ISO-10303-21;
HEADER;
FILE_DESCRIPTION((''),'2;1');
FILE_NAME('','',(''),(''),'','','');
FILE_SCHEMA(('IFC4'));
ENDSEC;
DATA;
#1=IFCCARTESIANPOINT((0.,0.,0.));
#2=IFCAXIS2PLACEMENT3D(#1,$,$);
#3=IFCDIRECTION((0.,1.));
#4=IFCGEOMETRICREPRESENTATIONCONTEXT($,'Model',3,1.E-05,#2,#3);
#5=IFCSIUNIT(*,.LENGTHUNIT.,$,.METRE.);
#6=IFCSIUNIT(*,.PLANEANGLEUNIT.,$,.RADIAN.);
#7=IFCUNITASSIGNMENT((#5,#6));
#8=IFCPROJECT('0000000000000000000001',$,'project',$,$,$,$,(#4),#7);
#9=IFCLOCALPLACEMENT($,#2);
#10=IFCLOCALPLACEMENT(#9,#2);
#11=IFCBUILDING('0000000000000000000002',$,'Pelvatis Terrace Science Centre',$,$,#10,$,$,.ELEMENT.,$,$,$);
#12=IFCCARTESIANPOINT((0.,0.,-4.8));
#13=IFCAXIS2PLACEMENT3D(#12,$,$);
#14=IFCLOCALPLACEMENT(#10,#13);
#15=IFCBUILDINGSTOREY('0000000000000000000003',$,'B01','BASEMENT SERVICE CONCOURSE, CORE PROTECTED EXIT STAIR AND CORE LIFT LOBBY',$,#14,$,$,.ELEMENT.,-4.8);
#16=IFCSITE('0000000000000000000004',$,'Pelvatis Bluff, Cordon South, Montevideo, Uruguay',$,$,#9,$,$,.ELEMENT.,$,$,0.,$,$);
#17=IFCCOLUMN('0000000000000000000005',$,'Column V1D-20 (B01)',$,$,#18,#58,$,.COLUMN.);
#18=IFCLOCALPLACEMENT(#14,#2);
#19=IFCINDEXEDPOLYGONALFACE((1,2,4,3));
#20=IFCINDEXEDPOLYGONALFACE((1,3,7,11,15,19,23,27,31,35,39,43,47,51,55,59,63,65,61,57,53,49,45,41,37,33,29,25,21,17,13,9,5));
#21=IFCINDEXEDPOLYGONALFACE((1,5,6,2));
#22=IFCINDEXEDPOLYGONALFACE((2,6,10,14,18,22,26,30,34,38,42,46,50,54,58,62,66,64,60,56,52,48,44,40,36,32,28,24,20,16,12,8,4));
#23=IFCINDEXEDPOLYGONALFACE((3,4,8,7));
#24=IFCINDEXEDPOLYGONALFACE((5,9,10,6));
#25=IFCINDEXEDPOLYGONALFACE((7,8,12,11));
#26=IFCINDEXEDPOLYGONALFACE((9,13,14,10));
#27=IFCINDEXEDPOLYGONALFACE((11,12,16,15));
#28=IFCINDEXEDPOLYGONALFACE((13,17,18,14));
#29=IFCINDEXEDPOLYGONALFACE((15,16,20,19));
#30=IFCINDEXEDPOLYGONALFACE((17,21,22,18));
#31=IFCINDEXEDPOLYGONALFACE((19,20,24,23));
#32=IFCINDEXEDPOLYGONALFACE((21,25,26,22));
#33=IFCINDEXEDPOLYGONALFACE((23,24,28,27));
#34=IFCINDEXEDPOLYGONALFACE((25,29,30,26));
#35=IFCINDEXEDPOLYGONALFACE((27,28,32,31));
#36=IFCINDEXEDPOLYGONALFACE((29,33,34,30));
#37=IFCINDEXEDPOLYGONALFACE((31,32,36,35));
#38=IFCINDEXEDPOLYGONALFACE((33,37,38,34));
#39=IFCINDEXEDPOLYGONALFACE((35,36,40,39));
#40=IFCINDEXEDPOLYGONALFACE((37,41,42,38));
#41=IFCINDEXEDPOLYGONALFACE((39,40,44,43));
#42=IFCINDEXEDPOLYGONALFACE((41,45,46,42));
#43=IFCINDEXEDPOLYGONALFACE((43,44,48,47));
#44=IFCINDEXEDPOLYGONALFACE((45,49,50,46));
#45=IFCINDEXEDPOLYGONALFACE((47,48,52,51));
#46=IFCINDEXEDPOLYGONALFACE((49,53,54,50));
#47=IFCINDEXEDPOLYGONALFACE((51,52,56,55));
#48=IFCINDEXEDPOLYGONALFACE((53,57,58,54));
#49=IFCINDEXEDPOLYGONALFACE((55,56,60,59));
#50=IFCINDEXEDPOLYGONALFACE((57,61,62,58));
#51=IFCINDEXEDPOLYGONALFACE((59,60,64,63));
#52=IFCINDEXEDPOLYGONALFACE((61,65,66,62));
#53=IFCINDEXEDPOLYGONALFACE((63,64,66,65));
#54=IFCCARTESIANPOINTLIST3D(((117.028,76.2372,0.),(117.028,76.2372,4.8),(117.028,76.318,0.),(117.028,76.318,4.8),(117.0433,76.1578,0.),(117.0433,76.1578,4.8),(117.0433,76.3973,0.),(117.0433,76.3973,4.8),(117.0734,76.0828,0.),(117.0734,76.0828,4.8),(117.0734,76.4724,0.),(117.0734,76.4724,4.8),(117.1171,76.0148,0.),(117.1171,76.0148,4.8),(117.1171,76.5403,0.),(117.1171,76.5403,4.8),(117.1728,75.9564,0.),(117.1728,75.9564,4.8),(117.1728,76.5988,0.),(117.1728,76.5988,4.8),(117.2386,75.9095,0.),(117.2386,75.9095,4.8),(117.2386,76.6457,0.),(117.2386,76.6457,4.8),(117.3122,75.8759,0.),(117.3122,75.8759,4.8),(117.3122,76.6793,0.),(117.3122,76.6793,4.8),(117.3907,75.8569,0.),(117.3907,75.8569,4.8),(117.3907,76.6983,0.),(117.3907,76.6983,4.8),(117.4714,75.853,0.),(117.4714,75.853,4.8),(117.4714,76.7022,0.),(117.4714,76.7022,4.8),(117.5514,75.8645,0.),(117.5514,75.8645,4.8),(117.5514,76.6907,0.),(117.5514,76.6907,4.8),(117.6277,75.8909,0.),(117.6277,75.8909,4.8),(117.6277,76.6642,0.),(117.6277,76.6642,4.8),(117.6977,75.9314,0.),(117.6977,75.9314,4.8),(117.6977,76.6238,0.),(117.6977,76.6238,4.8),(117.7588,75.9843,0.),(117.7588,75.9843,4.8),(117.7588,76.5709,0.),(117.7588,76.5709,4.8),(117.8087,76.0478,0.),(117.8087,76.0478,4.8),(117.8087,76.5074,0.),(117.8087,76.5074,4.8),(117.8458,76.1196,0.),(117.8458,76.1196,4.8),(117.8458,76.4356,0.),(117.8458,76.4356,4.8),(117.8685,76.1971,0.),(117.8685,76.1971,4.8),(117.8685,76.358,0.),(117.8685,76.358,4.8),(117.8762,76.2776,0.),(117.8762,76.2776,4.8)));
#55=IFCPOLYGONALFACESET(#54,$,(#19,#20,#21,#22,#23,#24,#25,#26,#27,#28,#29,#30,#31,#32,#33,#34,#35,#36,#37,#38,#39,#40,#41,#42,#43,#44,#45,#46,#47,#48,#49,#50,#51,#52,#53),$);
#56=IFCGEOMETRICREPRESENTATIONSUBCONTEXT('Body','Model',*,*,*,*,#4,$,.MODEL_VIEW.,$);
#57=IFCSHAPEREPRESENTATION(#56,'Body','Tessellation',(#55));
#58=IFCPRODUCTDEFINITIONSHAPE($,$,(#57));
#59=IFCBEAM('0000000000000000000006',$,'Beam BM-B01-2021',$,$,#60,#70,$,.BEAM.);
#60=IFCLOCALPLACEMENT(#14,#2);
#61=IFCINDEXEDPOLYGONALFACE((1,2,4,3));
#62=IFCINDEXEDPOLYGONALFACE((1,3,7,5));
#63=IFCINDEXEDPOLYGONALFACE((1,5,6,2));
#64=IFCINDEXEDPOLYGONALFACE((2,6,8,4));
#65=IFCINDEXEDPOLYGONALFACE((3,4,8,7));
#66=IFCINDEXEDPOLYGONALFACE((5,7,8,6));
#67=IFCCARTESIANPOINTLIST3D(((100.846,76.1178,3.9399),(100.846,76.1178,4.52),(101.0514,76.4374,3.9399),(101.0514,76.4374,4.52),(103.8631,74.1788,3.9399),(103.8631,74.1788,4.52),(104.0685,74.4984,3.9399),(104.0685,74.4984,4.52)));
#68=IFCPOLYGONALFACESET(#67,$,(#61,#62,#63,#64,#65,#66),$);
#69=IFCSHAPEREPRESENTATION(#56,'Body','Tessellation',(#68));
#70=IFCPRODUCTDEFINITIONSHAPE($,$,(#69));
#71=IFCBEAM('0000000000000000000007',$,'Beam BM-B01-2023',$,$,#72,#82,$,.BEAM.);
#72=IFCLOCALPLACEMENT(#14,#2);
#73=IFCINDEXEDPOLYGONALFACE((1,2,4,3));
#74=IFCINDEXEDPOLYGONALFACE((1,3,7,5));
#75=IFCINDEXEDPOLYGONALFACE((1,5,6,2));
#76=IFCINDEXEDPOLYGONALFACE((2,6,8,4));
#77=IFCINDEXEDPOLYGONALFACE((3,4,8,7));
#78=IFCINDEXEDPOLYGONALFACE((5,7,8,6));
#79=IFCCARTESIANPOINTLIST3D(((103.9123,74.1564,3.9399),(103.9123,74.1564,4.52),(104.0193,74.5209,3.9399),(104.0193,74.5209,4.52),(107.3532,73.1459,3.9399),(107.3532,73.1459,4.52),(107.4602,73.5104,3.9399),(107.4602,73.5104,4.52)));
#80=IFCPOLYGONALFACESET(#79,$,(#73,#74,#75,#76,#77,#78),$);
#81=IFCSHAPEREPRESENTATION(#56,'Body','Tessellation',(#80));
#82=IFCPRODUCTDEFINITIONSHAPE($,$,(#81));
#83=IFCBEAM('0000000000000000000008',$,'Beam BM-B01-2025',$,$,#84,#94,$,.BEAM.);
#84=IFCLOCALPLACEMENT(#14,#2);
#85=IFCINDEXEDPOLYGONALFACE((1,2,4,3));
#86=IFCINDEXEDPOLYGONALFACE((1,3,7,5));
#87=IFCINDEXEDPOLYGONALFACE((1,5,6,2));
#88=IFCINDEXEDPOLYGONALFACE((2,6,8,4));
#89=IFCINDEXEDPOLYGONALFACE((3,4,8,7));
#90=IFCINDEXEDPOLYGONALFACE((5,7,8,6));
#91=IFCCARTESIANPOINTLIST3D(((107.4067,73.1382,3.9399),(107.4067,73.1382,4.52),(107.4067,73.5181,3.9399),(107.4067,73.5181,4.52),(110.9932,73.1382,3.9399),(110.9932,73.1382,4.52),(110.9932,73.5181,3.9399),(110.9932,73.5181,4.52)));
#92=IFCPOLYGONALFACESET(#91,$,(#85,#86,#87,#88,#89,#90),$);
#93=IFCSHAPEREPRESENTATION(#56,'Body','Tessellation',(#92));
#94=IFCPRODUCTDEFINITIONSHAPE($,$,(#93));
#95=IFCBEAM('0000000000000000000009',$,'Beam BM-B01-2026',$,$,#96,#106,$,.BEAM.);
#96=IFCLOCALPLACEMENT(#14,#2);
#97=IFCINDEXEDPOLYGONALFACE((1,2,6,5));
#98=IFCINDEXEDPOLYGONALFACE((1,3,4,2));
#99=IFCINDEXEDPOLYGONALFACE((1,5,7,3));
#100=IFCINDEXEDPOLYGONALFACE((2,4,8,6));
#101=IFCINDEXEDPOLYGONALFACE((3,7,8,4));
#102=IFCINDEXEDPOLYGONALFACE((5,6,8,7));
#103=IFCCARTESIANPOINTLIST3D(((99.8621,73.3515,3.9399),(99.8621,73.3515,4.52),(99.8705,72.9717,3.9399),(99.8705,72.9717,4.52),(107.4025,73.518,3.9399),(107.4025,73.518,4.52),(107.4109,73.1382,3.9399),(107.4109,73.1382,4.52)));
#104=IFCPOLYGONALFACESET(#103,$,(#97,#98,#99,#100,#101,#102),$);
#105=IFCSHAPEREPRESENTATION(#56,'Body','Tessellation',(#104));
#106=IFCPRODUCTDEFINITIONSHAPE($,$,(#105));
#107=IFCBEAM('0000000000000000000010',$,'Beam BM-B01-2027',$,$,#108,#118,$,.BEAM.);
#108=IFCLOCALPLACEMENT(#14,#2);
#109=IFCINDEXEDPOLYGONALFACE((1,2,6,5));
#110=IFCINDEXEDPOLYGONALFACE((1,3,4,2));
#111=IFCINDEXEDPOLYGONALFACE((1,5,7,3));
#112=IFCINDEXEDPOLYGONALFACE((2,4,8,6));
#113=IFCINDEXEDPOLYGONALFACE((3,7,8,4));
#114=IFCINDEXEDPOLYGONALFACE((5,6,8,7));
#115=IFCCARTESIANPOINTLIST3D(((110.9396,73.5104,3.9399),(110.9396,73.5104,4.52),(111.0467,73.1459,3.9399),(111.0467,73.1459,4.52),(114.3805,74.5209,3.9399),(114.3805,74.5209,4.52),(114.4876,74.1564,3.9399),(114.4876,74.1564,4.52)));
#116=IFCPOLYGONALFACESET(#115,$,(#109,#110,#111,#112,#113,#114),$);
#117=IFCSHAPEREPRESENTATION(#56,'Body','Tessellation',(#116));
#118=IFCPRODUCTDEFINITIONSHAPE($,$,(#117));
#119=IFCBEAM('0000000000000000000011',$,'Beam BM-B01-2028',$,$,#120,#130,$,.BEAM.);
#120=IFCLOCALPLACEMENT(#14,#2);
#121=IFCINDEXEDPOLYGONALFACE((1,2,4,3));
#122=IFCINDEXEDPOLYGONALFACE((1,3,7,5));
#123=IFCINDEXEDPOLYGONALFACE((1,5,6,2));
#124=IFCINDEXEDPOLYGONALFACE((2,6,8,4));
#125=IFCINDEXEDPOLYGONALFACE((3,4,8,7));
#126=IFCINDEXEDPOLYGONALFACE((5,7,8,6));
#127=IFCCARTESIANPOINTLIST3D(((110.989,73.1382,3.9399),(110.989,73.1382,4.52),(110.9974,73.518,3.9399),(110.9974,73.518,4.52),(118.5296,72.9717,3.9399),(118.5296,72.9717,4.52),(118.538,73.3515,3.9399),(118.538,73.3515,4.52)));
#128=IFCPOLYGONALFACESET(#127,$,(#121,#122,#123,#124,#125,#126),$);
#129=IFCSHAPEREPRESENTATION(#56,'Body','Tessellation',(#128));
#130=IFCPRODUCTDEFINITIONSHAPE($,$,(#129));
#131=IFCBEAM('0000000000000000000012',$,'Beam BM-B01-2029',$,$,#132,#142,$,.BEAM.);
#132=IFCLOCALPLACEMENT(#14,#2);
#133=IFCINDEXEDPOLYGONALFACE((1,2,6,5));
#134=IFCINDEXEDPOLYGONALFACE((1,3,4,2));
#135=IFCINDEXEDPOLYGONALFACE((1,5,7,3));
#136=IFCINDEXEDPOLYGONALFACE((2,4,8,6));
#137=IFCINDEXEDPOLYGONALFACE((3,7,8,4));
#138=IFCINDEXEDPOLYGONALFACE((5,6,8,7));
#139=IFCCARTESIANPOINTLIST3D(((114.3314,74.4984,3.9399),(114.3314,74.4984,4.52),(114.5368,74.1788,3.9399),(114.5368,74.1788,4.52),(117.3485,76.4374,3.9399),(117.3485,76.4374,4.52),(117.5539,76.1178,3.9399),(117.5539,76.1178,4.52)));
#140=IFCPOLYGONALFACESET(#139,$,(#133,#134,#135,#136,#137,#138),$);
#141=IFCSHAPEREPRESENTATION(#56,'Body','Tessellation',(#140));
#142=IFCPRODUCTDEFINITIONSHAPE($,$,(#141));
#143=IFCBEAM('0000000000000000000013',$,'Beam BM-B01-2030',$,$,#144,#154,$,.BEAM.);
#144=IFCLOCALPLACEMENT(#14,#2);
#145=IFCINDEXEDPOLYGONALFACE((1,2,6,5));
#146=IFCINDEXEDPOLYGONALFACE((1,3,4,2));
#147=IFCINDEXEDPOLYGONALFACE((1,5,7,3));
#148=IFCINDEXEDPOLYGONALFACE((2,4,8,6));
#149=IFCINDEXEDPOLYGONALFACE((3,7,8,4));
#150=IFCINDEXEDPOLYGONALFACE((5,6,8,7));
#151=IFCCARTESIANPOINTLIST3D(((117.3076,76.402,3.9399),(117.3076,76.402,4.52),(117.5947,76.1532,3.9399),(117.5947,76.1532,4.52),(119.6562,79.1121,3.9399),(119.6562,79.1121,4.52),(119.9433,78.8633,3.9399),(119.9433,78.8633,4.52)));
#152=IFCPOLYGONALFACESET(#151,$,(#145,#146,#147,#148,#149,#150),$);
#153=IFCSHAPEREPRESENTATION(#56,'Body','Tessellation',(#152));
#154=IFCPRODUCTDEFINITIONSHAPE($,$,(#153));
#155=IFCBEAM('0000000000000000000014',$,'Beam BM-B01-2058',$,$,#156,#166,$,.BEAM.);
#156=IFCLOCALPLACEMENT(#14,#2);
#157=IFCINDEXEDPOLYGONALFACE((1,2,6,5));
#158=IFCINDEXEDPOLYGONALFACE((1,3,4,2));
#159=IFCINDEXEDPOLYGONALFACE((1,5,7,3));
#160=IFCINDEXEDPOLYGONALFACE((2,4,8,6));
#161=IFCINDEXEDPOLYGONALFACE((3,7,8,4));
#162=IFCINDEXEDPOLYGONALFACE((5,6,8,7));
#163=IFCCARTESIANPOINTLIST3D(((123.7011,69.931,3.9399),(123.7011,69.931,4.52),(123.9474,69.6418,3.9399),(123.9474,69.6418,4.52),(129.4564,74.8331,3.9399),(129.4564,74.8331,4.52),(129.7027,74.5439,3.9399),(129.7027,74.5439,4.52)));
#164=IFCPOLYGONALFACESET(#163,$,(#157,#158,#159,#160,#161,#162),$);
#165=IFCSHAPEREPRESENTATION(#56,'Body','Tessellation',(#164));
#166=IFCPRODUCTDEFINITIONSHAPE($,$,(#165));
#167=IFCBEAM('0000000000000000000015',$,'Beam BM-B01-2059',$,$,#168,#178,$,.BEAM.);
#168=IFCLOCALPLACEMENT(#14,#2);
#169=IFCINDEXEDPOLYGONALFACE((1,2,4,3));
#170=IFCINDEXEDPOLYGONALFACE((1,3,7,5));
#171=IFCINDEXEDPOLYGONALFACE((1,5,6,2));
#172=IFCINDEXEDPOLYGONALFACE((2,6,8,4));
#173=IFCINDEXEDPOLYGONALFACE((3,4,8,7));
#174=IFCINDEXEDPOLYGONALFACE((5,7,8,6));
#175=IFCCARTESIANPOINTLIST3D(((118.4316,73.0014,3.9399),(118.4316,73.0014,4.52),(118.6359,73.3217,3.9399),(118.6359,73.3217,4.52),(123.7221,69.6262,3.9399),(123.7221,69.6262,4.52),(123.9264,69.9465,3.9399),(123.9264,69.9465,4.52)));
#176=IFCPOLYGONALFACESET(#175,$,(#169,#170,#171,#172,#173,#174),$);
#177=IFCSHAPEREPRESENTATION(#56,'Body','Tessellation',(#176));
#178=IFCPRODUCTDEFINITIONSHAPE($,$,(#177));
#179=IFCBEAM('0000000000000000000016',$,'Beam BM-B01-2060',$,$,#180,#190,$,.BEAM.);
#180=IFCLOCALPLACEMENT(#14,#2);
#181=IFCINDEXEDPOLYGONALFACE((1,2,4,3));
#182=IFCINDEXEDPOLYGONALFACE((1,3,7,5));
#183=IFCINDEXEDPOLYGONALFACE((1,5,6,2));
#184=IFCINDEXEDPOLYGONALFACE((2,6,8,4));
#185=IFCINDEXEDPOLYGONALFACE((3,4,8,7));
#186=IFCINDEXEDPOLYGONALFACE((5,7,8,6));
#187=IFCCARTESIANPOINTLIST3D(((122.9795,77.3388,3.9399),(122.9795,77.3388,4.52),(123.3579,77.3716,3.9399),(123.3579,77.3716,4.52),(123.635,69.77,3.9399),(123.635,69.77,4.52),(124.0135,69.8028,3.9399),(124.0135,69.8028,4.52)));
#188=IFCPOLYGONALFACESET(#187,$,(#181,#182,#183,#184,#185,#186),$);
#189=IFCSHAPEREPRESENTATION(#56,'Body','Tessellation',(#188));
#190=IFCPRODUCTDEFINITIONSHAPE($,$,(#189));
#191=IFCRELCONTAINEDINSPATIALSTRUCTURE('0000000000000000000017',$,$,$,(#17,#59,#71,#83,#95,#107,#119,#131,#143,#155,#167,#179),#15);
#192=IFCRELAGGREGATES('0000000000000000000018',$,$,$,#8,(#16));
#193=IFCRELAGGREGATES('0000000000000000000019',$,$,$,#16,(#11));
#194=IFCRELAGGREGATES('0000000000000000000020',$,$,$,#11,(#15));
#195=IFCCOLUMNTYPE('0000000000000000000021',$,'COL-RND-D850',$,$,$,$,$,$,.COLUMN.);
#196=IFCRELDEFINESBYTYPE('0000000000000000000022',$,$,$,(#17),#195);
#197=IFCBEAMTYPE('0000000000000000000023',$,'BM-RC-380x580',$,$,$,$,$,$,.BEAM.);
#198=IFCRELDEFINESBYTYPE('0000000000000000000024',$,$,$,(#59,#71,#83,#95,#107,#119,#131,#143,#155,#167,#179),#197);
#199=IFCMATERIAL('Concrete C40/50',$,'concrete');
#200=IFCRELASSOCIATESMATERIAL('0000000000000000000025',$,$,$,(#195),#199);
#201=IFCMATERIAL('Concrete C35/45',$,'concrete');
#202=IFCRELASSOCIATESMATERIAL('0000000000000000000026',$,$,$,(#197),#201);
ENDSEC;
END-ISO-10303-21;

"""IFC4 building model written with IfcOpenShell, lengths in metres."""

from ifc_helpers import new_model, si_unit, direction, frame, origin, origin_2d, place, context, subcontext, project, spatial, rectangle, circle, extrude, material, material_profile, profile_set, type_object, element, save


model = new_model("IFC4")

# Units and contexts
model_context = context("Model", 3, precision=1e-05, world=origin(), true_north=direction((0.0, 1.0)))
body_context = subcontext(model_context, "Body", "Model", "MODEL_VIEW")
ifc_project = project(units=[si_unit("LENGTHUNIT", "METRE"), si_unit("PLANEANGLEUNIT", "RADIAN")], contexts=[model_context])

# Site, building, storey
site_placement = place(None, origin())
site = spatial("IfcSite", under=ifc_project, at=site_placement, Name="Pelvatis Bluff, Cordon South, Montevideo, Uruguay", CompositionType="ELEMENT", RefElevation=0.0)
building_placement = place(site_placement, origin())
building = spatial("IfcBuilding", under=site, at=building_placement, Name="Pelvatis Terrace Science Centre", CompositionType="ELEMENT")
storey_placement = place(building_placement, frame((0.0, 0.0, -4.8)))
storey = spatial("IfcBuildingStorey", under=building, at=storey_placement, Name="B01", Description="BASEMENT SERVICE CONCOURSE, CORE PROTECTED EXIT STAIR AND CORE LIFT LOBBY", CompositionType="ELEMENT", Elevation=-4.8)

# Column
ifc_material_1 = material(Name="Concrete C40/50", Category="concrete")
ifc_material_profile_1 = material_profile(ifc_material_1, circle(Radius=0.425, at=origin_2d()), Name="RC-RCOL D850")
ifc_profile_set_1 = profile_set([ifc_material_profile_1], Name="Concrete C40/50")
column_type_1 = type_object("IfcColumnType", Name="COL-RND-D850", PredefinedType="COLUMN", material=ifc_profile_set_1)
for number, where, z_axis, x_axis, name in (
    (1, (117.4512, 76.2776, 0.0), (0.0, 0.0, 1.0), (1.0, 0.0, 0.0), "Column V1D-20 (B01)"),
):
    element("IfcColumn", number, at=place(storey_placement, frame(where, z_axis=z_axis, x_axis=x_axis)), inside=storey, type_object=column_type_1, Name=name, PredefinedType="COLUMN", context=body_context, shape_type="SweptSolid", body=[
        extrude(circle(Radius=0.425, at=origin_2d()), origin(), (0.0, 0.0, 1.0), 4.8),
    ])

# Beams
ifc_material_2 = material(Name="Concrete C35/45", Category="concrete")
ifc_material_profile_2 = material_profile(ifc_material_2, rectangle(XDim=0.3799, YDim=0.5801, at=origin_2d()), Name="RC-BM 380x580")
ifc_profile_set_2 = profile_set([ifc_material_profile_2], Name="Concrete C35/45")
beam_type_1 = type_object("IfcBeamType", Name="BM-RC-380x580", PredefinedType="BEAM", material=ifc_profile_set_2)
beam_1_placement = place(storey_placement, frame((100.9487, 76.2776, 4.23), z_axis=(0.841254, -0.540641, 0.0), x_axis=(0.540641, 0.841254, 0.0)))
element("IfcBeam", 2, at=beam_1_placement, inside=storey, type_object=beam_type_1, Name="Beam BM-B01-2021", PredefinedType="BEAM", context=body_context, shape_type="SweptSolid", body=[
    extrude(rectangle(XDim=0.3799, YDim=0.5801, at=origin_2d()), origin(), (0.0, 0.0, 1.0), 3.5864),
])
beam_2_placement = place(storey_placement, frame((103.9658, 74.3386, 4.23), z_axis=(0.959481, -0.281772, 0.0), x_axis=(0.281772, 0.959481, 0.0)))
element("IfcBeam", 3, at=beam_2_placement, inside=storey, type_object=beam_type_1, Name="Beam BM-B01-2023", PredefinedType="BEAM", context=body_context, shape_type="SweptSolid", body=[
    extrude(rectangle(XDim=0.3799, YDim=0.5801, at=origin_2d()), origin(), (0.0, 0.0, 1.0), 3.5862),
])
beam_3_placement = place(storey_placement, frame((107.4067, 73.3281, 4.23), z_axis=(1.0, 0.0, 0.0), x_axis=(0.0, 1.0, 0.0)))
element("IfcBeam", 4, at=beam_3_placement, inside=storey, type_object=beam_type_1, Name="Beam BM-B01-2025", PredefinedType="BEAM", context=body_context, shape_type="SweptSolid", body=[
    extrude(rectangle(XDim=0.3799, YDim=0.5801, at=origin_2d()), origin(), (0.0, 0.0, 1.0), 3.5864),
])
beam_4_placement = place(storey_placement, frame((107.4067, 73.3281, 4.23), z_axis=(-0.999756, -0.022077, 0.0), x_axis=(0.022077, -0.999756, 0.0)))
element("IfcBeam", 5, at=beam_4_placement, inside=storey, type_object=beam_type_1, Name="Beam BM-B01-2026", PredefinedType="BEAM", context=body_context, shape_type="SweptSolid", body=[
    extrude(rectangle(XDim=0.3799, YDim=0.5801, at=origin_2d()), origin(), (0.0, 0.0, 1.0), 7.5422),
])
beam_5_placement = place(storey_placement, frame((110.9932, 73.3281, 4.23), z_axis=(0.959481, 0.281772, 0.0), x_axis=(-0.281772, 0.959481, 0.0)))
element("IfcBeam", 6, at=beam_5_placement, inside=storey, type_object=beam_type_1, Name="Beam BM-B01-2027", PredefinedType="BEAM", context=body_context, shape_type="SweptSolid", body=[
    extrude(rectangle(XDim=0.3799, YDim=0.5801, at=origin_2d()), origin(), (0.0, 0.0, 1.0), 3.5862),
])
beam_6_placement = place(storey_placement, frame((110.9932, 73.3281, 4.23), z_axis=(0.999756, -0.022076, 0.0), x_axis=(0.022076, 0.999756, 0.0)))
element("IfcBeam", 7, at=beam_6_placement, inside=storey, type_object=beam_type_1, Name="Beam BM-B01-2028", PredefinedType="BEAM", context=body_context, shape_type="SweptSolid", body=[
    extrude(rectangle(XDim=0.3799, YDim=0.5801, at=origin_2d()), origin(), (0.0, 0.0, 1.0), 7.5425),
])
beam_7_placement = place(storey_placement, frame((114.4341, 74.3386, 4.23), z_axis=(0.841254, 0.540641, 0.0), x_axis=(-0.540641, 0.841254, 0.0)))
element("IfcBeam", 8, at=beam_7_placement, inside=storey, type_object=beam_type_1, Name="Beam BM-B01-2029", PredefinedType="BEAM", context=body_context, shape_type="SweptSolid", body=[
    extrude(rectangle(XDim=0.3799, YDim=0.5801, at=origin_2d()), origin(), (0.0, 0.0, 1.0), 3.5864),
])
beam_8_placement = place(storey_placement, frame((117.4512, 76.2776, 4.23), z_axis=(0.654897, 0.755718, 0.0), x_axis=(-0.755718, 0.654897, 0.0)))
element("IfcBeam", 9, at=beam_8_placement, inside=storey, type_object=beam_type_1, Name="Beam BM-B01-2030", PredefinedType="BEAM", context=body_context, shape_type="SweptSolid", body=[
    extrude(rectangle(XDim=0.3799, YDim=0.5801, at=origin_2d()), origin(), (0.0, 0.0, 1.0), 3.5862),
])
beam_9_placement = place(storey_placement, frame((123.8242, 69.7864, 4.23), z_axis=(0.761284, 0.648419, 0.0), x_axis=(-0.648419, 0.761284, 0.0)))
element("IfcBeam", 10, at=beam_9_placement, inside=storey, type_object=beam_type_1, Name="Beam BM-B01-2058", PredefinedType="BEAM", context=body_context, shape_type="SweptSolid", body=[
    extrude(rectangle(XDim=0.3799, YDim=0.5801, at=origin_2d()), origin(), (0.0, 0.0, 1.0), 7.5601),
])
beam_10_placement = place(storey_placement, frame((123.8242, 69.7864, 4.23), z_axis=(-0.843044, 0.537844, 0.0), x_axis=(-0.537844, -0.843044, 0.0)))
element("IfcBeam", 11, at=beam_10_placement, inside=storey, type_object=beam_type_1, Name="Beam BM-B01-2059", PredefinedType="BEAM", context=body_context, shape_type="SweptSolid", body=[
    extrude(rectangle(XDim=0.3799, YDim=0.5801, at=origin_2d()), origin(), (0.0, 0.0, 1.0), 6.2754),
])
beam_11_placement = place(storey_placement, frame((123.8242, 69.7864, 4.23), z_axis=(-0.086284, 0.996271, 0.0), x_axis=(-0.996271, -0.086284, 0.0)))
element("IfcBeam", 12, at=beam_11_placement, inside=storey, type_object=beam_type_1, Name="Beam BM-B01-2060", PredefinedType="BEAM", context=body_context, shape_type="SweptSolid", body=[
    extrude(rectangle(XDim=0.3799, YDim=0.5801, at=origin_2d()), origin(), (0.0, 0.0, 1.0), 7.5972),
])

save(model, "model.ifc")
